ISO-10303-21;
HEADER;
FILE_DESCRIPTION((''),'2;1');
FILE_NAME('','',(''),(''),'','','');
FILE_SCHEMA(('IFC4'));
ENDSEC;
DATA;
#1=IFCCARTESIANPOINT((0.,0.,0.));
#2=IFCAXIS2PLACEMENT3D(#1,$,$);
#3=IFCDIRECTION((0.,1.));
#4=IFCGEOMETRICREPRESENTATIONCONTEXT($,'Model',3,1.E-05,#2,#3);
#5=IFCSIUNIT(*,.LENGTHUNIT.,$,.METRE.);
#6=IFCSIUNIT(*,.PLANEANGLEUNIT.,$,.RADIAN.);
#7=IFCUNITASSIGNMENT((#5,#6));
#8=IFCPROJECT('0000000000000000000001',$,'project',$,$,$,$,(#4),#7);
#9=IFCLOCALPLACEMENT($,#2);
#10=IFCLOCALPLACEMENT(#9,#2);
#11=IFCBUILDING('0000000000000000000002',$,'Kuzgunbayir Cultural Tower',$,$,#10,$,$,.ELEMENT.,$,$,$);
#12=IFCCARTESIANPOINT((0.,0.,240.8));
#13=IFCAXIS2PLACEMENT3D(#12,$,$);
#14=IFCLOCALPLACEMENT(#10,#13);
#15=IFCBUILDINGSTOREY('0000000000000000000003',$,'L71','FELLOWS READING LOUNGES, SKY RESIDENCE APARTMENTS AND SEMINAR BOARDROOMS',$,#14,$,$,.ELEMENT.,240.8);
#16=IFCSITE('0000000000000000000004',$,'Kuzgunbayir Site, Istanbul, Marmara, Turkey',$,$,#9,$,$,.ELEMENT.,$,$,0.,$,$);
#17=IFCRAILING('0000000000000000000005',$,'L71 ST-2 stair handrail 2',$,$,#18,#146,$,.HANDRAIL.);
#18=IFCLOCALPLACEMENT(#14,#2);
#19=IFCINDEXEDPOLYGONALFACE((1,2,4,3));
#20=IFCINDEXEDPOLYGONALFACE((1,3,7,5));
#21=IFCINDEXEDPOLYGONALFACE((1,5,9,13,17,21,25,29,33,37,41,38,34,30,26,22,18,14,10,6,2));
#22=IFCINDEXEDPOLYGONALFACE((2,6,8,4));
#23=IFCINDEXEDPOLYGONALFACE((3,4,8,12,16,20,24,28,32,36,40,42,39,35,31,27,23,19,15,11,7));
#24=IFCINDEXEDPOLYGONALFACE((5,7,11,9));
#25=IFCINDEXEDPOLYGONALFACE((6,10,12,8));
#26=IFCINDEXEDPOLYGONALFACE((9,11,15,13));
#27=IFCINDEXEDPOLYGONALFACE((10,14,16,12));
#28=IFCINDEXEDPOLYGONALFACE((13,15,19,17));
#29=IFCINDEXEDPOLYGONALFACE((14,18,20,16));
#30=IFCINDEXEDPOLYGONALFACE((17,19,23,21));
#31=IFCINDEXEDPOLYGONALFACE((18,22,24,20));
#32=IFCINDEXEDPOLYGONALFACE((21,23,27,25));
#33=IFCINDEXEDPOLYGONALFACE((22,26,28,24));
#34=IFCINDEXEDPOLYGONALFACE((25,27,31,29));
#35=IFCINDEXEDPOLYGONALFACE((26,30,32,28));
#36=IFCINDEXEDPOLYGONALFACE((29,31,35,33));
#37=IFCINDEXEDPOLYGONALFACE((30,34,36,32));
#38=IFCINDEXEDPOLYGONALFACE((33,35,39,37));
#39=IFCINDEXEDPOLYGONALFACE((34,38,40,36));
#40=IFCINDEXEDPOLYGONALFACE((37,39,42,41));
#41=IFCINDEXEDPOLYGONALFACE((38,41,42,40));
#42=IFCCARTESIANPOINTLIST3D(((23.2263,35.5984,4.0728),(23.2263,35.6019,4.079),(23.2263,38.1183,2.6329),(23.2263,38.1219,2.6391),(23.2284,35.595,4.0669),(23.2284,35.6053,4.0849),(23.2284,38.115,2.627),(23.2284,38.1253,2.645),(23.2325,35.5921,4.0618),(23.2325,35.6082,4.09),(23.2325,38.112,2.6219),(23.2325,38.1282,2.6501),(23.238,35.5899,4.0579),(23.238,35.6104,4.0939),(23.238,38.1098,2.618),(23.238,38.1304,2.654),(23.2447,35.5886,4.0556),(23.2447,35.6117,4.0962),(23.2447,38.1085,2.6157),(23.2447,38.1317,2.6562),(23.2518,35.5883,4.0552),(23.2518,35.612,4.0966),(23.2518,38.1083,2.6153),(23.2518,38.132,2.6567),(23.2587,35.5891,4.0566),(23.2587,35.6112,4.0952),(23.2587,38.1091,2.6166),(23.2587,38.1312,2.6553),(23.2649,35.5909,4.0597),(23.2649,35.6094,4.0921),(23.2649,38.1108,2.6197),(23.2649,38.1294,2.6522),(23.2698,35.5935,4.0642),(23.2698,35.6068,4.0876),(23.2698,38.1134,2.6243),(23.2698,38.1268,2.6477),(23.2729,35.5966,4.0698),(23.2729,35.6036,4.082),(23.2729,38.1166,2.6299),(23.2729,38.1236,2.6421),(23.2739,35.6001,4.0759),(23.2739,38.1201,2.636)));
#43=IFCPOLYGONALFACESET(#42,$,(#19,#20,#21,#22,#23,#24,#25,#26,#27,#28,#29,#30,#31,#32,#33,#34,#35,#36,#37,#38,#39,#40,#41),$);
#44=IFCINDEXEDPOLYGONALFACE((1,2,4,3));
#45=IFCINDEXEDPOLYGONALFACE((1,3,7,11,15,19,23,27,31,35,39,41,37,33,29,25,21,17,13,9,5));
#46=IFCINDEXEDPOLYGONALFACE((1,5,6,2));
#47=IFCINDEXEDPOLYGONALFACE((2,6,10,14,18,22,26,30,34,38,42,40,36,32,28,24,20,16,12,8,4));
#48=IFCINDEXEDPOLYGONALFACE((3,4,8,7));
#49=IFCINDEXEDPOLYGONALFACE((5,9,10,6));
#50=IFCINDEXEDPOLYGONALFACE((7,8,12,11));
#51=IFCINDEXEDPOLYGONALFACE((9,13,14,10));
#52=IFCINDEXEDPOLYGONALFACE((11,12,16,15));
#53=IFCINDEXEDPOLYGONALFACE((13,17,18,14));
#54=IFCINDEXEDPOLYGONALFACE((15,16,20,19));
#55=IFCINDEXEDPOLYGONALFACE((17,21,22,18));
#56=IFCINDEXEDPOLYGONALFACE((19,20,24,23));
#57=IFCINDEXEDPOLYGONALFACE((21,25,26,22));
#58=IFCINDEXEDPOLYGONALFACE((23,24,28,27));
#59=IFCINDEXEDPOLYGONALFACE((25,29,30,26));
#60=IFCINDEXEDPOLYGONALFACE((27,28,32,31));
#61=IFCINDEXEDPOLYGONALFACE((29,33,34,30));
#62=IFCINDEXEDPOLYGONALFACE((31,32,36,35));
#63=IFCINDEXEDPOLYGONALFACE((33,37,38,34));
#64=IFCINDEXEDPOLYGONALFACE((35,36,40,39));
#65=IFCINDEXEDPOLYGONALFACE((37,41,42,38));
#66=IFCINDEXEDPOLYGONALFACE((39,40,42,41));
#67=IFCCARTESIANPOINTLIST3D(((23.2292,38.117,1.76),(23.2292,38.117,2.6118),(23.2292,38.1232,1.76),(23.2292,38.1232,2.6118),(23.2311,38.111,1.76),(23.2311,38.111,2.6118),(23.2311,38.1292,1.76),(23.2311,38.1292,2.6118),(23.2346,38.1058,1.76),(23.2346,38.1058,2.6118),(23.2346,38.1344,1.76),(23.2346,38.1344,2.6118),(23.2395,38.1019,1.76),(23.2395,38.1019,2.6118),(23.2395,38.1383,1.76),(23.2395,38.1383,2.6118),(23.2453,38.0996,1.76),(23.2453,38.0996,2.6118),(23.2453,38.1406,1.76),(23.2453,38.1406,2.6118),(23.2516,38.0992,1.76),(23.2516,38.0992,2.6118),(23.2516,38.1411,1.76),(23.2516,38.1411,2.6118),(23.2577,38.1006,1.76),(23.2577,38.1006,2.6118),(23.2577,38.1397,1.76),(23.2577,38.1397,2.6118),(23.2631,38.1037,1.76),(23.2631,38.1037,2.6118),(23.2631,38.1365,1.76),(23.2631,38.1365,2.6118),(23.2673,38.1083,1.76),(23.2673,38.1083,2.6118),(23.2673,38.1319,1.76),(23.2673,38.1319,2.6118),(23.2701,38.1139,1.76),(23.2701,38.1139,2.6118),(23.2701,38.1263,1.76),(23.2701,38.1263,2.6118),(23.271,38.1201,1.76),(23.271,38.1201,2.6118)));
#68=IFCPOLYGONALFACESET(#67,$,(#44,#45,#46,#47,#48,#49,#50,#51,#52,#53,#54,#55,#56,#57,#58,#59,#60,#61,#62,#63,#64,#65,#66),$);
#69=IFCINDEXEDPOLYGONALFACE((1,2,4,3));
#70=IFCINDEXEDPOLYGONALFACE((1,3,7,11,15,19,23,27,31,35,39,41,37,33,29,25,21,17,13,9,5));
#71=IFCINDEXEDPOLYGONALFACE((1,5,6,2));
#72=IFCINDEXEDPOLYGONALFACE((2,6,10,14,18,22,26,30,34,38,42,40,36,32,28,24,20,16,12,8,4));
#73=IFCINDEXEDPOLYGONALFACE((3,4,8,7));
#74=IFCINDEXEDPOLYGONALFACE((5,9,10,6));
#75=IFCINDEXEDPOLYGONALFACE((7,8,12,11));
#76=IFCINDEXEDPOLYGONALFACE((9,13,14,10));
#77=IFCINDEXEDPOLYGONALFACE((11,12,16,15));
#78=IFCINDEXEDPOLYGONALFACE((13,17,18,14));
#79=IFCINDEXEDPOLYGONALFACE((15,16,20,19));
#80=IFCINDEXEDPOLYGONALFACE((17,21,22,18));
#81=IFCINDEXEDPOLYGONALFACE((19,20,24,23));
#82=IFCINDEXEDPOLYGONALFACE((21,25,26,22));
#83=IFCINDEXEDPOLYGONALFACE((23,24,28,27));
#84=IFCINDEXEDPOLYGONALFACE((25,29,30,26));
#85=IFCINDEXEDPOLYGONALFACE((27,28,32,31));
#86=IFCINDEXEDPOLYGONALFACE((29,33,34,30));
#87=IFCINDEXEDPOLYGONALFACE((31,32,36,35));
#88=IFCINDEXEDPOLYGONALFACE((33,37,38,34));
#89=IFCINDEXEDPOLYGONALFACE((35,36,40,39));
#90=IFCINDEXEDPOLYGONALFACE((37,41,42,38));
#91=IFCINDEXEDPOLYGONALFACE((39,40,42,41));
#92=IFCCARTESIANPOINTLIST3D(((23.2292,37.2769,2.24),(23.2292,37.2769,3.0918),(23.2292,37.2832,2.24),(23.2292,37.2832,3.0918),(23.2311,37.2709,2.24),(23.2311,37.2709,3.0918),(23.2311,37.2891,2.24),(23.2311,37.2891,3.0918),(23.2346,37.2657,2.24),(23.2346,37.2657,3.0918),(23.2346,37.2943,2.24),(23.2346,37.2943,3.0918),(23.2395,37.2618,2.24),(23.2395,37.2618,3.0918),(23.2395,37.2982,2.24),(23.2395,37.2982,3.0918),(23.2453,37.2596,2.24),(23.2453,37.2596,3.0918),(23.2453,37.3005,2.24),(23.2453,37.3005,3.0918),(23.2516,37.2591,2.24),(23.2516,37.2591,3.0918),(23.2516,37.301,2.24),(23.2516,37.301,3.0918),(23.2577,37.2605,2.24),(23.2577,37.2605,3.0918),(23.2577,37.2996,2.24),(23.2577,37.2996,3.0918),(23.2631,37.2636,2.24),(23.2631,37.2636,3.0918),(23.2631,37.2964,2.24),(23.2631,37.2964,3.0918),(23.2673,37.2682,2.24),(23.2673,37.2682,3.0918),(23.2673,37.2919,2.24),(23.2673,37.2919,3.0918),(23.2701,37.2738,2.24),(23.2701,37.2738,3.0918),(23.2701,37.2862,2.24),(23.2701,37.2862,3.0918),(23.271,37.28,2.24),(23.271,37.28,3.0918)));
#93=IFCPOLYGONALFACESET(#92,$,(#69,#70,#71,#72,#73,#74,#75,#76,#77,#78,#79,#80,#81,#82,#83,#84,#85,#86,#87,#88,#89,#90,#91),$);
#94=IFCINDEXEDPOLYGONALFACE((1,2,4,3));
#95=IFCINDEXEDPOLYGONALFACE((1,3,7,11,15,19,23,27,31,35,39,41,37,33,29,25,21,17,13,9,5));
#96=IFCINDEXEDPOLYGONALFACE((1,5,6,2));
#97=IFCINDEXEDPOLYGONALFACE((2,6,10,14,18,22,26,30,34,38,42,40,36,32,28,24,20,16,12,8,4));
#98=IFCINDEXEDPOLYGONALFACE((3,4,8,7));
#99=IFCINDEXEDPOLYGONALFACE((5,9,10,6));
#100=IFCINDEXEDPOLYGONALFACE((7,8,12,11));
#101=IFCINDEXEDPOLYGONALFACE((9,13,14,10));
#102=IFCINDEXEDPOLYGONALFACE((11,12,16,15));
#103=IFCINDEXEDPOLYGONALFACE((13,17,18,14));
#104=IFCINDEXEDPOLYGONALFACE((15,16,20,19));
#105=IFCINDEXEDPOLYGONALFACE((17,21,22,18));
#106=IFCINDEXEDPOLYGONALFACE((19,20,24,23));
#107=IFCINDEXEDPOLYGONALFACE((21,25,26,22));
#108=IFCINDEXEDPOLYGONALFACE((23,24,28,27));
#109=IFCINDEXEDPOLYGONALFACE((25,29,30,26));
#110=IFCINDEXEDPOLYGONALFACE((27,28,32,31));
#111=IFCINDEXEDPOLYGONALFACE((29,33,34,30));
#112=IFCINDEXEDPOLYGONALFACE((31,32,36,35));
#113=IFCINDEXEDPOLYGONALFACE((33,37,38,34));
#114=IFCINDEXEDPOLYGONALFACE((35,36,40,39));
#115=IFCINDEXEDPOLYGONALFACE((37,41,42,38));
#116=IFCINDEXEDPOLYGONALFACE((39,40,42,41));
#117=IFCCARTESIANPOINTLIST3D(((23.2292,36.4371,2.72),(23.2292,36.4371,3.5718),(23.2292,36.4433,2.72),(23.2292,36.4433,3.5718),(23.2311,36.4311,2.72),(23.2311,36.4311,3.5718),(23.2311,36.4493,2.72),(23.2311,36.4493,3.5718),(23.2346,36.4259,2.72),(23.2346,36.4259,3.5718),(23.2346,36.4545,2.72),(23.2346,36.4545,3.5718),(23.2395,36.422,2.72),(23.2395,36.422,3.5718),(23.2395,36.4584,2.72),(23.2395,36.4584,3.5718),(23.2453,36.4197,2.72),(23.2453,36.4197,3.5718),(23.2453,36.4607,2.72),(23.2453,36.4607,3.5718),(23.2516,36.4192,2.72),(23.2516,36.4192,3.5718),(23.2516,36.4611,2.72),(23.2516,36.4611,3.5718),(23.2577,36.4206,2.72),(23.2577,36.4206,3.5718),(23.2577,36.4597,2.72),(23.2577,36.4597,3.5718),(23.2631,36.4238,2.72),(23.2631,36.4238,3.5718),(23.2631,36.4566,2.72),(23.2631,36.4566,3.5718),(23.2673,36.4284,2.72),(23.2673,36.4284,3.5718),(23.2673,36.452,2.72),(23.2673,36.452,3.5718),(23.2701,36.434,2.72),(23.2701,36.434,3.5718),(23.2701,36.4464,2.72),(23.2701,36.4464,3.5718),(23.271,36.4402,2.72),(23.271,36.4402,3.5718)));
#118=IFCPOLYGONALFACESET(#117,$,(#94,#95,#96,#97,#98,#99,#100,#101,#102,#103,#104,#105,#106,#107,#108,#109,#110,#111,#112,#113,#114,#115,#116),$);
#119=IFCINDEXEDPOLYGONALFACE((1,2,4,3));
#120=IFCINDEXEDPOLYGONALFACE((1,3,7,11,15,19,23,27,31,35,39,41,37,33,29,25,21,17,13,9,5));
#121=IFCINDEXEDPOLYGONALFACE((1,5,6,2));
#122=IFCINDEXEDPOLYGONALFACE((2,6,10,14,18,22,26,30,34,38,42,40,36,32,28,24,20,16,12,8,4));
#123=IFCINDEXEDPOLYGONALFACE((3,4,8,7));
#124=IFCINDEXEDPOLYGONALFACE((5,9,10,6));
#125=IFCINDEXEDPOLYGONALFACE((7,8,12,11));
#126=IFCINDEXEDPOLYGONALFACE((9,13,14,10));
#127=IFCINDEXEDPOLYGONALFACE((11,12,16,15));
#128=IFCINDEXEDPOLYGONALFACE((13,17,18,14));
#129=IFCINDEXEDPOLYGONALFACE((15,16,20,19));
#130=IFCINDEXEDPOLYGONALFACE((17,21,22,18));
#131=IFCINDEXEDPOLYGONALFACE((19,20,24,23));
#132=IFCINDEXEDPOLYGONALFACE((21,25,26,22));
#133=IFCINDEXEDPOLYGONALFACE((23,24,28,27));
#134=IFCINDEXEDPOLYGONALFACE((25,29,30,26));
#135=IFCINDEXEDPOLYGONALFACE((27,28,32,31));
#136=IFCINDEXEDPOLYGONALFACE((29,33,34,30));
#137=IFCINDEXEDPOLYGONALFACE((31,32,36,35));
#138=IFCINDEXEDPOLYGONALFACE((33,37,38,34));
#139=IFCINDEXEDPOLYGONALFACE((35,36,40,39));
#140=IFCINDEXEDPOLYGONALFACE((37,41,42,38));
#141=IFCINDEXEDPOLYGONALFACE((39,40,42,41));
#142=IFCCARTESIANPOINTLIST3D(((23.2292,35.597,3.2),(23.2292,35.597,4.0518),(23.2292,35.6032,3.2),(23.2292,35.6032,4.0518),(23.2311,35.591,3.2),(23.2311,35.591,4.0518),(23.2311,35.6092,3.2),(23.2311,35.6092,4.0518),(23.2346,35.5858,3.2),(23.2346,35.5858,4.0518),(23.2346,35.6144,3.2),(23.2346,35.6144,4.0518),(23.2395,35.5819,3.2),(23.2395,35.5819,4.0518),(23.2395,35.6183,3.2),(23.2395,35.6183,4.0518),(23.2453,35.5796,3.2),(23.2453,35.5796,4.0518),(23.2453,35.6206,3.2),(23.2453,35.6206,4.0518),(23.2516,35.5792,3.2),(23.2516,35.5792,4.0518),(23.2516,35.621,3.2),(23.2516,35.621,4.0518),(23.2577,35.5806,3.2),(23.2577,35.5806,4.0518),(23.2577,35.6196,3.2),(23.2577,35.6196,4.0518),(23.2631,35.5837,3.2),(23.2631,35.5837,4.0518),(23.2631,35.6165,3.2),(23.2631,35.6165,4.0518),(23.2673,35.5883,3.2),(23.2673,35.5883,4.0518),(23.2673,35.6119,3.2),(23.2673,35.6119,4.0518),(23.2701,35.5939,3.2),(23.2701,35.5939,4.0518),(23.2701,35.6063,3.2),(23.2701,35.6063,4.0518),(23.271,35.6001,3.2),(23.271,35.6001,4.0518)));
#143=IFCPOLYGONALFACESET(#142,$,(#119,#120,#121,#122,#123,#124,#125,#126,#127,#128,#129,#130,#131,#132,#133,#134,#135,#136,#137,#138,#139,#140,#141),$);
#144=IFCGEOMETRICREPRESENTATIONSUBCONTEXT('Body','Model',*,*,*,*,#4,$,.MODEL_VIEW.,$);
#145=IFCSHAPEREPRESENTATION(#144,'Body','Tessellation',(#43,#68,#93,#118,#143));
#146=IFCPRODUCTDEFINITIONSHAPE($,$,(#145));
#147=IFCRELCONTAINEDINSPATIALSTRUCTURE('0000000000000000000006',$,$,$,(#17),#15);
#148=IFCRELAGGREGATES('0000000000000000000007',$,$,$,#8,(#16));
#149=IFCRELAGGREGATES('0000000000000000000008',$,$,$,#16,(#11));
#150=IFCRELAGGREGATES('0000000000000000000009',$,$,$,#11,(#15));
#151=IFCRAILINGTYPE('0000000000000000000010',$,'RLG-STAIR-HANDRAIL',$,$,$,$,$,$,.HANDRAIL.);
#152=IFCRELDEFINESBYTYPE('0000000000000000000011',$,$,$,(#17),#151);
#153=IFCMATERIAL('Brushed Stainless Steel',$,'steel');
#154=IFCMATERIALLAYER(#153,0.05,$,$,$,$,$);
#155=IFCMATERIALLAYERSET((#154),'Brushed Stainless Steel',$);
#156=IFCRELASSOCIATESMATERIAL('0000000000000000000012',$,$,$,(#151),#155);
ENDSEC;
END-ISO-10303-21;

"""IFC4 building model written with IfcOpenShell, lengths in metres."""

from ifc_helpers import new_model, si_unit, direction, frame, origin, origin_2d, place, context, subcontext, project, spatial, circle, extrude, material, layer, layer_set, type_object, element, save


model = new_model("IFC4")

# Units and contexts
model_context = context("Model", 3, precision=1e-05, world=origin(), true_north=direction((0.0, 1.0)))
body_context = subcontext(model_context, "Body", "Model", "MODEL_VIEW")
ifc_project = project(units=[si_unit("LENGTHUNIT", "METRE"), si_unit("PLANEANGLEUNIT", "RADIAN")], contexts=[model_context])

# Site, building, storey
site_placement = place(None, origin())
site = spatial("IfcSite", under=ifc_project, at=site_placement, Name="Kuzgunbayir Site, Istanbul, Marmara, Turkey", CompositionType="ELEMENT", RefElevation=0.0)
building_placement = place(site_placement, origin())
building = spatial("IfcBuilding", under=site, at=building_placement, Name="Kuzgunbayir Cultural Tower", CompositionType="ELEMENT")
storey_placement = place(building_placement, frame((0.0, 0.0, 240.8)))
storey = spatial("IfcBuildingStorey", under=building, at=storey_placement, Name="L71", Description="FELLOWS READING LOUNGES, SKY RESIDENCE APARTMENTS AND SEMINAR BOARDROOMS", CompositionType="ELEMENT", Elevation=240.8)

# Railing
ifc_material_1 = material(Name="Brushed Stainless Steel", Category="steel")
ifc_layer_1 = layer(ifc_material_1, 0.05)
ifc_layer_set_1 = layer_set([ifc_layer_1], Name="Brushed Stainless Steel")
railing_type_1 = type_object("IfcRailingType", Name="RLG-STAIR-HANDRAIL", PredefinedType="HANDRAIL", material=ifc_layer_set_1)
railing_1_placement = place(storey_placement, frame((23.25, 38.1201, 1.76)))
element("IfcRailing", 1, at=railing_1_placement, inside=storey, type_object=railing_type_1, Name="L71 ST-2 stair handrail 2", PredefinedType="HANDRAIL", context=body_context, shape_type="SweptSolid", body=[
    extrude(circle(Radius=0.0239, at=origin_2d()), frame((0.0, 0.0, 0.876), z_axis=(0.0, -0.868253, 0.496121), x_axis=(1.0, 0.0, 0.0)), (0.0, 0.0, 1.0), 2.9023),
    extrude(circle(Radius=0.021, at=origin_2d()), origin(), (0.0, 0.0, 1.0), 0.8518),
    extrude(circle(Radius=0.021, at=origin_2d()), frame((0.0, -0.8401, 0.48)), (0.0, 0.0, 1.0), 0.8518),
    extrude(circle(Radius=0.021, at=origin_2d()), frame((0.0, -1.6799, 0.96)), (0.0, 0.0, 1.0), 0.8518),
    extrude(circle(Radius=0.021, at=origin_2d()), frame((0.0, -2.52, 1.4399)), (0.0, 0.0, 1.0), 0.8518),
])

save(model, "model.ifc")
